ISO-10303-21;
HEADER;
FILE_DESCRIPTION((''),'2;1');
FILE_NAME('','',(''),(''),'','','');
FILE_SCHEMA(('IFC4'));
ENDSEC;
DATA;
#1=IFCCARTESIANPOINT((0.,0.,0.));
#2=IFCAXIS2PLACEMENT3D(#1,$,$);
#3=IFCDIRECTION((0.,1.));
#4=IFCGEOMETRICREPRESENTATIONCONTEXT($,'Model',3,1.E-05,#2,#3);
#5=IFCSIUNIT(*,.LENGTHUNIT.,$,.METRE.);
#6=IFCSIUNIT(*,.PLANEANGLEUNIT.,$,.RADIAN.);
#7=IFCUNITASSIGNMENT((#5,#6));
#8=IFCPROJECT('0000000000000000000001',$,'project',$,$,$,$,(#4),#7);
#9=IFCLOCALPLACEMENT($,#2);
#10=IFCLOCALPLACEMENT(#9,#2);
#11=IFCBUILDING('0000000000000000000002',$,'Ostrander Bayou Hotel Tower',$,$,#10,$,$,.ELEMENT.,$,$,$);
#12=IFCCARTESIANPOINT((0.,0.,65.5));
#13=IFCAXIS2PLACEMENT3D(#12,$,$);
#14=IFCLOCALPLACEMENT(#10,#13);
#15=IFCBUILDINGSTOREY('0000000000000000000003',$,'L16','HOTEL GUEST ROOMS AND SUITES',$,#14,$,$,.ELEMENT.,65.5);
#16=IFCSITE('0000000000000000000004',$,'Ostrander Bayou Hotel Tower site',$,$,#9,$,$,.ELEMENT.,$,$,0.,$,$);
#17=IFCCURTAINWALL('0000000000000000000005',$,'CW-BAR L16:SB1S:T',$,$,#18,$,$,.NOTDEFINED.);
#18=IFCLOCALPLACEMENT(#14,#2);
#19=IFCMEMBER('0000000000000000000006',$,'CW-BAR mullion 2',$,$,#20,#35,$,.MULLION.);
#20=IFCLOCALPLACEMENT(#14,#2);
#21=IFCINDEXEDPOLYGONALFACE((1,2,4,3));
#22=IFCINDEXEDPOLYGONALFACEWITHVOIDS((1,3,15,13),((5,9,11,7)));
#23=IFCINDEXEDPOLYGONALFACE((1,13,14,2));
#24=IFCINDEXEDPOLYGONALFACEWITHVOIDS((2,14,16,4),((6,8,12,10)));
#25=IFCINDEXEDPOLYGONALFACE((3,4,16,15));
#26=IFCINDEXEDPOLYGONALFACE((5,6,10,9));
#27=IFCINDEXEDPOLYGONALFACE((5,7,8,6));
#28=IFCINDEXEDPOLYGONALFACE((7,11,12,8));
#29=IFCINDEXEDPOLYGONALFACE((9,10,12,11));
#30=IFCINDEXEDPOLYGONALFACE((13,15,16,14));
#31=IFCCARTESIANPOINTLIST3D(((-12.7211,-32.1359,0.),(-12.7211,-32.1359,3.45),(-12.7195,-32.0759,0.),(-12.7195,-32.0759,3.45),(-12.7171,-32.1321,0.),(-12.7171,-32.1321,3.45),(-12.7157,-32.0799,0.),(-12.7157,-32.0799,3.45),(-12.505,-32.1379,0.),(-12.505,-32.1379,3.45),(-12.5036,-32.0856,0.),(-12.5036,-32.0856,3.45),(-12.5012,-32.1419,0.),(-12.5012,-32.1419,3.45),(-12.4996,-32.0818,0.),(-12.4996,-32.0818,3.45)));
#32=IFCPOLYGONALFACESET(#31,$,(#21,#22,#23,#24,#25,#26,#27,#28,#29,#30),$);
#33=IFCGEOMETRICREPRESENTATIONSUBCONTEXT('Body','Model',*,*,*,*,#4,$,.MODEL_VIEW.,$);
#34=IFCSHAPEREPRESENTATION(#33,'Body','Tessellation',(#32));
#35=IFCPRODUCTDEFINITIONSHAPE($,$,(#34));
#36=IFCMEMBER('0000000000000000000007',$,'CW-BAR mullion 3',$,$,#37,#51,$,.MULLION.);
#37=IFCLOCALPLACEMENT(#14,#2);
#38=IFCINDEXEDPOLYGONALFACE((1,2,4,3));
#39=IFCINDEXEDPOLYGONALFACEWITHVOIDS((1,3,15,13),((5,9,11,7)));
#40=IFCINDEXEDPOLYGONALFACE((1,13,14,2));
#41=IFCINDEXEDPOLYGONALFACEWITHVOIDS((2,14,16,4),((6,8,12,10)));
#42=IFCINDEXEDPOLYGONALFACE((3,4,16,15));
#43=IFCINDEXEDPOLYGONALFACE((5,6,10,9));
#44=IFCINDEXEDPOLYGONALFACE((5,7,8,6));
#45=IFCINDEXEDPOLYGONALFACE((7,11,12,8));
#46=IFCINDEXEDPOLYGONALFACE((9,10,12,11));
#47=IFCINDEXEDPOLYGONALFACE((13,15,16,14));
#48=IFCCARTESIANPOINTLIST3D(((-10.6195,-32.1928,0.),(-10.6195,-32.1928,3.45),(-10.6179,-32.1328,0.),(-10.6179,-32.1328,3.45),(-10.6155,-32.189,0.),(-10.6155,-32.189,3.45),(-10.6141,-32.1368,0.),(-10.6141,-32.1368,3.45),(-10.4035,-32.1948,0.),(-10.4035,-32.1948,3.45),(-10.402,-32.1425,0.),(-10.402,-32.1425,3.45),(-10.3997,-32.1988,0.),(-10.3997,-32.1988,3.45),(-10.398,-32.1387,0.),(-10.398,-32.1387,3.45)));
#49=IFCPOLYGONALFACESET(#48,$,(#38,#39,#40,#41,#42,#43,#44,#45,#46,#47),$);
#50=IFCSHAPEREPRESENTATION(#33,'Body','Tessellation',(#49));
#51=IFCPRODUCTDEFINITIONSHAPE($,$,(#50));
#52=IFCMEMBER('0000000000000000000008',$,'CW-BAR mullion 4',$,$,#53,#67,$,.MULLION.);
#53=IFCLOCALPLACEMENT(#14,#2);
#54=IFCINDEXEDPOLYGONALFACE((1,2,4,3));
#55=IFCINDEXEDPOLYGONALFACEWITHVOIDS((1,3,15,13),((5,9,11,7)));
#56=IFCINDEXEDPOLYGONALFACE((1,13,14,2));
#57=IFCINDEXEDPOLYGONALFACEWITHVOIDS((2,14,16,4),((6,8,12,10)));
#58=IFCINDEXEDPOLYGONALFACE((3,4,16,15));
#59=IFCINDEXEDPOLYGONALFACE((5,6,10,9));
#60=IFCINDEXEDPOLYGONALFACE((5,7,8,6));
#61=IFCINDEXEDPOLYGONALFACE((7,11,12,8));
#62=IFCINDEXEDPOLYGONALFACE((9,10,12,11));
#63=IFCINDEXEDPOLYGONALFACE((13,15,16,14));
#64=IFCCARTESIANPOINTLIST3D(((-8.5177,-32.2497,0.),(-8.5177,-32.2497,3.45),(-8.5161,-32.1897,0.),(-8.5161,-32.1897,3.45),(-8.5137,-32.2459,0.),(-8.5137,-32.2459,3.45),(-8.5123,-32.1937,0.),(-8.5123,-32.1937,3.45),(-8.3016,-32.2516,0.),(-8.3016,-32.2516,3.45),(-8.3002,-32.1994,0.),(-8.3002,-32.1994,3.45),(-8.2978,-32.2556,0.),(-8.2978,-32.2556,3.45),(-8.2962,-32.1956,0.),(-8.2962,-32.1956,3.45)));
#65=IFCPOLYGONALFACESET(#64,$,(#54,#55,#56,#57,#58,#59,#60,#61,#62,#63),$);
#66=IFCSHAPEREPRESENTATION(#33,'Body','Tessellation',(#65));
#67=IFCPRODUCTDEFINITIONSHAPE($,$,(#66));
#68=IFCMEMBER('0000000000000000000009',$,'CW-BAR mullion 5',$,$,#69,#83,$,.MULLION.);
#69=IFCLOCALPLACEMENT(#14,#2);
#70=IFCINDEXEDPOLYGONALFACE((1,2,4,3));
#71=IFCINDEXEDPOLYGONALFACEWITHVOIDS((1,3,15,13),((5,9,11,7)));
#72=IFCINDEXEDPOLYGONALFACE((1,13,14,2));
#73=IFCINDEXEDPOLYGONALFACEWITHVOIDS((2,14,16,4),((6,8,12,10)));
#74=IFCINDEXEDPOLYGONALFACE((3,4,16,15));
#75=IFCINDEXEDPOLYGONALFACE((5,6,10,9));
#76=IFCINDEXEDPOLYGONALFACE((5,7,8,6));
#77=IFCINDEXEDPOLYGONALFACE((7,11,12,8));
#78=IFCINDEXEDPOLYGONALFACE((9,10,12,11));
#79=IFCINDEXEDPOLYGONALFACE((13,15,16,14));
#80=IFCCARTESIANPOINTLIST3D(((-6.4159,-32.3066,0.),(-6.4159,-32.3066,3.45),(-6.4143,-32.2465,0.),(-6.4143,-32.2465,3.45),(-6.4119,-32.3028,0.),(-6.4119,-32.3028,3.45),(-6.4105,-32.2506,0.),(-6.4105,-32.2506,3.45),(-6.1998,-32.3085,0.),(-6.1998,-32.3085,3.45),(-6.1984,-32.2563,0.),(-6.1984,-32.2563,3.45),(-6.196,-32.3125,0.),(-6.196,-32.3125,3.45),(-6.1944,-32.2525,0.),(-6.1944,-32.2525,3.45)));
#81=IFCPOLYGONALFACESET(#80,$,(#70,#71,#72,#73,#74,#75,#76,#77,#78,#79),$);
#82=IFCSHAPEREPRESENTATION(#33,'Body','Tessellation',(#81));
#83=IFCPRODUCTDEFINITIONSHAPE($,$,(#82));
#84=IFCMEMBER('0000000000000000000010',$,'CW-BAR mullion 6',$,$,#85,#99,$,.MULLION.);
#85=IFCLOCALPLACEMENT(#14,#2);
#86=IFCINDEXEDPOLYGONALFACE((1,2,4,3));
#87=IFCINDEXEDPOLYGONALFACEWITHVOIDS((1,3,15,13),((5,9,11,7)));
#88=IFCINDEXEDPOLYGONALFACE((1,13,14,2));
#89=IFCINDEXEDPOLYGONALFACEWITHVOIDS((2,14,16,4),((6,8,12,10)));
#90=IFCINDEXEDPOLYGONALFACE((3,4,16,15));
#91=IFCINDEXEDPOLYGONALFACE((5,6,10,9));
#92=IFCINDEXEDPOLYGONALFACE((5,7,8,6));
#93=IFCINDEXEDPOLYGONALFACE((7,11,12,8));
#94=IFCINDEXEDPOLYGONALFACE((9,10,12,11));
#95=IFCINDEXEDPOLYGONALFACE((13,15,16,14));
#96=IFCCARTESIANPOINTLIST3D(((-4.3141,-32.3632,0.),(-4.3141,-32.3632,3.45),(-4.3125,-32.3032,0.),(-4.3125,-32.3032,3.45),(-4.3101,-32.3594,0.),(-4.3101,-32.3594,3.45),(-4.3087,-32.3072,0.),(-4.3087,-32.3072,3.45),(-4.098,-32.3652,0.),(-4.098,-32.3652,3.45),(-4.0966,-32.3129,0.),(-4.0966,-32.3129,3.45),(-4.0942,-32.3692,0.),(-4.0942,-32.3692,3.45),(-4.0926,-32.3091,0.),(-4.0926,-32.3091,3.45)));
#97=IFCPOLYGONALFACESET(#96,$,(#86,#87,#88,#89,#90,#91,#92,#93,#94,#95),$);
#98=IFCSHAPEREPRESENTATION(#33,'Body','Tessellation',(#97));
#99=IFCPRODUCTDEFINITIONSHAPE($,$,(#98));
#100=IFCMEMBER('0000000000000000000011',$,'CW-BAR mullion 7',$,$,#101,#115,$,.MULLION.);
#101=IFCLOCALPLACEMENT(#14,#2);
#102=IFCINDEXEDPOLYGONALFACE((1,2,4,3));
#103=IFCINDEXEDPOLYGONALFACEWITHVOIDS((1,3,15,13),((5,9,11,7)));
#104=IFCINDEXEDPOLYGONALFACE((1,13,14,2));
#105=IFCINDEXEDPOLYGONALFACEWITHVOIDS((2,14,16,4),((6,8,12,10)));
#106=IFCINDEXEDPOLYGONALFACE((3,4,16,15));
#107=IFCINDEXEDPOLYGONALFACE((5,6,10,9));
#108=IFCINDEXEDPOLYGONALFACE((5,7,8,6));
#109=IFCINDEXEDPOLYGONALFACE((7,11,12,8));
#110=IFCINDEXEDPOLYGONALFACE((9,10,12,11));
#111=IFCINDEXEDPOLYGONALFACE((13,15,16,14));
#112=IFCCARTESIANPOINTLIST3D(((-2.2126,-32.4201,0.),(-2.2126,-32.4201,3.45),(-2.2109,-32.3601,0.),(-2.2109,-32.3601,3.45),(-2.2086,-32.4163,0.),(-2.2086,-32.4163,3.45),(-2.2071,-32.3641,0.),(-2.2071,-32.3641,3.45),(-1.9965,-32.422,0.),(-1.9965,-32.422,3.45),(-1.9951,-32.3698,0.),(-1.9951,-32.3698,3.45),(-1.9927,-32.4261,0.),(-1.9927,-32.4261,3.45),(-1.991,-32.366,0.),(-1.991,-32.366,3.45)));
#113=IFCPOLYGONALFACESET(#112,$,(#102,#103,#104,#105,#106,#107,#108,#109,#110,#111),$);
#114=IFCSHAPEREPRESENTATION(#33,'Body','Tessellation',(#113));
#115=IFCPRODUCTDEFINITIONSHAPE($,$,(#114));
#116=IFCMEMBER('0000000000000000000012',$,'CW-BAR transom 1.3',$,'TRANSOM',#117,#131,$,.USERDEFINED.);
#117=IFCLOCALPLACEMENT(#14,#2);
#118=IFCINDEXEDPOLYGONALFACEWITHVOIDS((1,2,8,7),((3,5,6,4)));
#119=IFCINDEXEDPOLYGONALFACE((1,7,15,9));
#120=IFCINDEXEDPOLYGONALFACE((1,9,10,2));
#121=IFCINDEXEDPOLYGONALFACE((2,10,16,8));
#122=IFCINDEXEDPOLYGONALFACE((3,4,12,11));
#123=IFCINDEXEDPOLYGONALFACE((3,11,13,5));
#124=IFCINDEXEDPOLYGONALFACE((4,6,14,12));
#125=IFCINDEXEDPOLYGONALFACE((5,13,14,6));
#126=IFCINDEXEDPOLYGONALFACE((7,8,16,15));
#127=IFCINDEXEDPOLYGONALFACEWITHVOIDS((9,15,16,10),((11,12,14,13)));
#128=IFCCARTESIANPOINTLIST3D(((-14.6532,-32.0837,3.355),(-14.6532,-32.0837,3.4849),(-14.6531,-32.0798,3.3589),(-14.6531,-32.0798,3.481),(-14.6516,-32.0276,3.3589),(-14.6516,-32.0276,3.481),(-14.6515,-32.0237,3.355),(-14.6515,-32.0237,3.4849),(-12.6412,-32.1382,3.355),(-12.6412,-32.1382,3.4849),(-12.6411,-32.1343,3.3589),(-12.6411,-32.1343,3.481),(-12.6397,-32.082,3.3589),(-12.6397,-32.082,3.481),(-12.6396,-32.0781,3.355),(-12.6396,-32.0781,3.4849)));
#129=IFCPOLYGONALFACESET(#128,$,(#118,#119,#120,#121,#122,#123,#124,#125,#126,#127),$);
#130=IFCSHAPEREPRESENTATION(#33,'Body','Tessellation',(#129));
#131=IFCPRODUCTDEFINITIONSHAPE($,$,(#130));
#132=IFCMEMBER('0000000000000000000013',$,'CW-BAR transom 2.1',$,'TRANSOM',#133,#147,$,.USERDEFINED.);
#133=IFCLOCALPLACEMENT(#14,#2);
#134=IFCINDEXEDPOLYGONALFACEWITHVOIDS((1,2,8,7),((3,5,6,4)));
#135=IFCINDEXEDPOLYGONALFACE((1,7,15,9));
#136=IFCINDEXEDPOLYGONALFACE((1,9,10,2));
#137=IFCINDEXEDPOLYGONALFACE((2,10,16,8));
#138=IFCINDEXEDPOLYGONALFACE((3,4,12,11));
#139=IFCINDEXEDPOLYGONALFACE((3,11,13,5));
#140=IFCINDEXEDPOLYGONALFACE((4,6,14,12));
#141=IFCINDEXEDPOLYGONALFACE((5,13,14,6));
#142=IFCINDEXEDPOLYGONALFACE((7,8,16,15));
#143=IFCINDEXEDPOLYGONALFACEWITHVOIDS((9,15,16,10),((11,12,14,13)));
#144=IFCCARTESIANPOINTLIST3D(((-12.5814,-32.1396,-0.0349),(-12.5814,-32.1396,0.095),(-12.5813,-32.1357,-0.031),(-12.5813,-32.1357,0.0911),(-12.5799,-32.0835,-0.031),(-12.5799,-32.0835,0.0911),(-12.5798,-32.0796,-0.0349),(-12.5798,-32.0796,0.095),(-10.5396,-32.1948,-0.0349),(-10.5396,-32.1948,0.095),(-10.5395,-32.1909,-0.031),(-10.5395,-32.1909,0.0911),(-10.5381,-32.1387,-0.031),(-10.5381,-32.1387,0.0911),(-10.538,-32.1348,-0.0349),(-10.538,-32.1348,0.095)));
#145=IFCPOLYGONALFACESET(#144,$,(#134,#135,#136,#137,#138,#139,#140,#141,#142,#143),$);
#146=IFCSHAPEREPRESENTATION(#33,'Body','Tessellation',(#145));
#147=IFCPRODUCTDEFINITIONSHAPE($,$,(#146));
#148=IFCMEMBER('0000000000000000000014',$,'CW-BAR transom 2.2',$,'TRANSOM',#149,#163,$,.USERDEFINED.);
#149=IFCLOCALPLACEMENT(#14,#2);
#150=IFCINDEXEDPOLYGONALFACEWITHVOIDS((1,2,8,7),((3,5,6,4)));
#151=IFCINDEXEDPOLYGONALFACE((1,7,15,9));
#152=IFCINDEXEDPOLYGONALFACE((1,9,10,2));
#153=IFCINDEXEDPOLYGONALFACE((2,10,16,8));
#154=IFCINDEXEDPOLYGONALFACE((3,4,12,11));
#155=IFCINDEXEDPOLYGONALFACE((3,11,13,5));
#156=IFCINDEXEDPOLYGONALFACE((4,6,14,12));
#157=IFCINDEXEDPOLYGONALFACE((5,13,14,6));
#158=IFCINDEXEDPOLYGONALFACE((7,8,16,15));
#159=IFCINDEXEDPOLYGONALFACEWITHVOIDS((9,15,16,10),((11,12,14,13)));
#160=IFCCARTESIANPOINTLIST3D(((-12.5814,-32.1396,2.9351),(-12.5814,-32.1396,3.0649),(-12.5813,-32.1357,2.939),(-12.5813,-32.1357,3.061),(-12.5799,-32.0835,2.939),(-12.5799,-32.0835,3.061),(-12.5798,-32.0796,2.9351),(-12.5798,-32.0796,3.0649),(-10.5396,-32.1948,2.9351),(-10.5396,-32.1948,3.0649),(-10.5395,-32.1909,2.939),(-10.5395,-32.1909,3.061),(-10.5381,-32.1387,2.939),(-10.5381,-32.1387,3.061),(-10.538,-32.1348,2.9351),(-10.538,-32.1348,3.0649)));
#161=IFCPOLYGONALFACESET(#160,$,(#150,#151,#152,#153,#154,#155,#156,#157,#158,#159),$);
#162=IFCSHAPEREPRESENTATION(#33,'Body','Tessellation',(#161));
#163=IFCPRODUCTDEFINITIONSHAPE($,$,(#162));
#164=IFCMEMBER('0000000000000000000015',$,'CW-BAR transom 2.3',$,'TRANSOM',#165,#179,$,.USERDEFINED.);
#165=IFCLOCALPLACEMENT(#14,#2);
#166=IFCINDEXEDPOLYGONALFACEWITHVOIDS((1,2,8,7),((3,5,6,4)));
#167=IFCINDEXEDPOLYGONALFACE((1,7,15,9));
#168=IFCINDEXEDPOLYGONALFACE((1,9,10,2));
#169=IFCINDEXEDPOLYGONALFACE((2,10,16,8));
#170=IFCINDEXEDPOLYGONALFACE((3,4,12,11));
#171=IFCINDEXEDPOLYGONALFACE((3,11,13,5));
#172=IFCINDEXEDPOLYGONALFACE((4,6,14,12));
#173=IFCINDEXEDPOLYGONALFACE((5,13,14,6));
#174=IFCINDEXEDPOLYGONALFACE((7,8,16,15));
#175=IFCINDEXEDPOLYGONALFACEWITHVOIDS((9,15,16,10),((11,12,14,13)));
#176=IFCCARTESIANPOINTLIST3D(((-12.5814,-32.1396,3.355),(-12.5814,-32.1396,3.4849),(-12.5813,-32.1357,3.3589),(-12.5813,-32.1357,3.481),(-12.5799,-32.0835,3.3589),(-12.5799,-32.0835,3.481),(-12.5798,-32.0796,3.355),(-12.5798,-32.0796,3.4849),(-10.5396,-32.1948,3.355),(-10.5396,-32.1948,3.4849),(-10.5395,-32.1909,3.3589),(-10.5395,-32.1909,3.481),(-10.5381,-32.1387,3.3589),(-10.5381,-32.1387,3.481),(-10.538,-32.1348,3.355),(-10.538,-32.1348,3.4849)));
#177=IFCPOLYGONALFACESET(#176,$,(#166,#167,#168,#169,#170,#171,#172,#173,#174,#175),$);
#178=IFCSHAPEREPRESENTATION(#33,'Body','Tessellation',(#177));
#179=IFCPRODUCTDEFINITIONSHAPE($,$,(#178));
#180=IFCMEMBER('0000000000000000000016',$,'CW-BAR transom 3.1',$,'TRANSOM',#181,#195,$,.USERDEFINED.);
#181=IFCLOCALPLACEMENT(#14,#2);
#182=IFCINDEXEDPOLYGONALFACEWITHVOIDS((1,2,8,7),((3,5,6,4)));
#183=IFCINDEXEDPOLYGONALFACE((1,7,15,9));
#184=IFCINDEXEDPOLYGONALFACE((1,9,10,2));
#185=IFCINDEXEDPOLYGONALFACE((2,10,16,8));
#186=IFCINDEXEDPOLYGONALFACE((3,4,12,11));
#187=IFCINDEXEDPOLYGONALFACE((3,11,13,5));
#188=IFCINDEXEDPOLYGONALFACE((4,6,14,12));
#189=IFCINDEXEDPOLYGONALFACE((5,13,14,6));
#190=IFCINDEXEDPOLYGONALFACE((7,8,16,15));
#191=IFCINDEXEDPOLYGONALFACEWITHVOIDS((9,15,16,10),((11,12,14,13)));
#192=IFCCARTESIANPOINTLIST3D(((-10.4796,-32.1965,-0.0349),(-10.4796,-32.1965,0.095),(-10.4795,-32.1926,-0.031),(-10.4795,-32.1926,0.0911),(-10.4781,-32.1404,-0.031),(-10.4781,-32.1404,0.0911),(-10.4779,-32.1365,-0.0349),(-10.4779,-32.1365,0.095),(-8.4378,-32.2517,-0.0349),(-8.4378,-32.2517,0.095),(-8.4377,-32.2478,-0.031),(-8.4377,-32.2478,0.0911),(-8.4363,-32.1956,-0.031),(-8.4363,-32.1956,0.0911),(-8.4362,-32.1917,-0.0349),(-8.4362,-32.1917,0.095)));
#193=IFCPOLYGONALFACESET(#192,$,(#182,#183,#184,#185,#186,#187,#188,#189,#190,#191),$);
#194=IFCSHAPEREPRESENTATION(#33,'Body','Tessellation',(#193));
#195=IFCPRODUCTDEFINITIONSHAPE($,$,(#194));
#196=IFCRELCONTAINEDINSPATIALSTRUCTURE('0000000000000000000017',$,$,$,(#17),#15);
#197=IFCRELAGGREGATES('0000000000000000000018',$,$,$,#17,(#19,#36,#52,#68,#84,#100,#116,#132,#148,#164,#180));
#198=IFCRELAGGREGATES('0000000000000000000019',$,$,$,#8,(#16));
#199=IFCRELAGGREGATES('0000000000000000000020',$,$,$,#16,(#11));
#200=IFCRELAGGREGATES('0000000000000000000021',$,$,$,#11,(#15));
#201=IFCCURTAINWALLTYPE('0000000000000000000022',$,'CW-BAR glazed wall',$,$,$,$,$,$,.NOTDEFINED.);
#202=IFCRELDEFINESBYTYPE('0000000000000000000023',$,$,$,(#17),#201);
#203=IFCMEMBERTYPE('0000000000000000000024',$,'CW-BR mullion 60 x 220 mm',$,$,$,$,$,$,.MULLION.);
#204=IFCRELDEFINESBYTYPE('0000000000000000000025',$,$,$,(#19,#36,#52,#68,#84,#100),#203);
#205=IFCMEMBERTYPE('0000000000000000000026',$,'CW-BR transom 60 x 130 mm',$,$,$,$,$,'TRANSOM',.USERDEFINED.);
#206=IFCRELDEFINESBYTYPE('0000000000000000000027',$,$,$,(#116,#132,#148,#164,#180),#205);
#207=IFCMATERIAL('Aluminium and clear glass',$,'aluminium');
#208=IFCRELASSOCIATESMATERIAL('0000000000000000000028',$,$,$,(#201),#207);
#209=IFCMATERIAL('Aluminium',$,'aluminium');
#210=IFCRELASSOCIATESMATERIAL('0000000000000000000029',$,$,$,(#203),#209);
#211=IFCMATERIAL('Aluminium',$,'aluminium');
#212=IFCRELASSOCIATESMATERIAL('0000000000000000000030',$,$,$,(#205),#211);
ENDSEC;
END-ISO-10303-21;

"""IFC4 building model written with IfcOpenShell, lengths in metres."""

from ifc_helpers import new_model, si_unit, direction, frame, origin, origin_2d, place, context, subcontext, project, spatial, hollow_rectangle, extrude, material, material_profile, profile_set, type_object, element, aggregate, save


model = new_model("IFC4")

# Units and contexts
model_context = context("Model", 3, precision=1e-05, world=origin(), true_north=direction((0.0, 1.0)))
body_context = subcontext(model_context, "Body", "Model", "MODEL_VIEW")
ifc_project = project(units=[si_unit("LENGTHUNIT", "METRE"), si_unit("PLANEANGLEUNIT", "RADIAN")], contexts=[model_context])

# Site, building, storey
site_placement = place(None, origin())
site = spatial("IfcSite", under=ifc_project, at=site_placement, Name="Ostrander Bayou Hotel Tower site", CompositionType="ELEMENT", RefElevation=0.0)
building_placement = place(site_placement, origin())
building = spatial("IfcBuilding", under=site, at=building_placement, Name="Ostrander Bayou Hotel Tower", CompositionType="ELEMENT")
storey_placement = place(building_placement, frame((0.0, 0.0, 65.5)))
storey = spatial("IfcBuildingStorey", under=building, at=storey_placement, Name="L16", Description="HOTEL GUEST ROOMS AND SUITES", CompositionType="ELEMENT", Elevation=65.5)

# Curtain wall, members
ifc_material_1 = material(Name="Aluminium and clear glass", Category="aluminium")
curtain_wall_type = type_object("IfcCurtainWallType", Name="CW-BAR glazed wall", PredefinedType="NOTDEFINED", material=ifc_material_1)
curtain_wall_placement = place(storey_placement, origin())
curtain_wall = element("IfcCurtainWall", 1, at=curtain_wall_placement, inside=storey, type_object=curtain_wall_type, Name="CW-BAR L16:SB1S:T", PredefinedType="NOTDEFINED")
ifc_material_2 = material(Name="Aluminium", Category="aluminium")
ifc_material_profile_1 = material_profile(ifc_material_2, hollow_rectangle(XDim=0.0601, YDim=0.22, WallThickness=0.0039, at=origin_2d()))
ifc_profile_set_1 = profile_set([ifc_material_profile_1], Name="Aluminium")
member_type_1 = type_object("IfcMemberType", Name="CW-BR mullion 60 x 220 mm", PredefinedType="MULLION", material=ifc_profile_set_1)
member_1_placement = place(storey_placement, frame((-12.6104, -32.1089, 0.0), z_axis=(0.0, 0.0, 1.0), x_axis=(0.027042, 0.999634, 0.0)))
member_1 = element("IfcMember", 2, at=member_1_placement, type_object=member_type_1, Name="CW-BAR mullion 2", PredefinedType="MULLION", context=body_context, shape_type="SweptSolid", body=[
    extrude(hollow_rectangle(XDim=0.0601, YDim=0.22, WallThickness=0.0039, at=origin_2d()), origin(), (0.0, 0.0, 1.0), 3.45),
])
member_2_placement = place(storey_placement, frame((-10.5088, -32.1658, 0.0), z_axis=(0.0, 0.0, 1.0), x_axis=(0.027042, 0.999634, 0.0)))
member_2 = element("IfcMember", 3, at=member_2_placement, type_object=member_type_1, Name="CW-BAR mullion 3", PredefinedType="MULLION", context=body_context, shape_type="SweptSolid", body=[
    extrude(hollow_rectangle(XDim=0.0601, YDim=0.22, WallThickness=0.0039, at=origin_2d()), origin(), (0.0, 0.0, 1.0), 3.45),
])
member_3_placement = place(storey_placement, frame((-8.407, -32.2227, 0.0), z_axis=(0.0, 0.0, 1.0), x_axis=(0.027042, 0.999634, 0.0)))
member_3 = element("IfcMember", 4, at=member_3_placement, type_object=member_type_1, Name="CW-BAR mullion 4", PredefinedType="MULLION", context=body_context, shape_type="SweptSolid", body=[
    extrude(hollow_rectangle(XDim=0.0601, YDim=0.22, WallThickness=0.0039, at=origin_2d()), origin(), (0.0, 0.0, 1.0), 3.45),
])
member_4_placement = place(storey_placement, frame((-6.3052, -32.2795, 0.0), z_axis=(0.0, 0.0, 1.0), x_axis=(0.027042, 0.999634, 0.0)))
member_4 = element("IfcMember", 5, at=member_4_placement, type_object=member_type_1, Name="CW-BAR mullion 5", PredefinedType="MULLION", context=body_context, shape_type="SweptSolid", body=[
    extrude(hollow_rectangle(XDim=0.0601, YDim=0.22, WallThickness=0.0039, at=origin_2d()), origin(), (0.0, 0.0, 1.0), 3.45),
])
member_5_placement = place(storey_placement, frame((-4.2034, -32.3362, 0.0), z_axis=(0.0, 0.0, 1.0), x_axis=(0.027042, 0.999634, 0.0)))
member_5 = element("IfcMember", 6, at=member_5_placement, type_object=member_type_1, Name="CW-BAR mullion 6", PredefinedType="MULLION", context=body_context, shape_type="SweptSolid", body=[
    extrude(hollow_rectangle(XDim=0.0601, YDim=0.22, WallThickness=0.0039, at=origin_2d()), origin(), (0.0, 0.0, 1.0), 3.45),
])
member_6_placement = place(storey_placement, frame((-2.1018, -32.3931, 0.0), z_axis=(0.0, 0.0, 1.0), x_axis=(0.027042, 0.999634, 0.0)))
member_6 = element("IfcMember", 7, at=member_6_placement, type_object=member_type_1, Name="CW-BAR mullion 7", PredefinedType="MULLION", context=body_context, shape_type="SweptSolid", body=[
    extrude(hollow_rectangle(XDim=0.0601, YDim=0.22, WallThickness=0.0039, at=origin_2d()), origin(), (0.0, 0.0, 1.0), 3.45),
])
ifc_material_3 = material(Name="Aluminium", Category="aluminium")
ifc_material_profile_2 = material_profile(ifc_material_3, hollow_rectangle(XDim=0.0601, YDim=0.1299, WallThickness=0.0039, at=origin_2d()))
ifc_profile_set_2 = profile_set([ifc_material_profile_2], Name="Aluminium")
member_type_2 = type_object("IfcMemberType", Name="CW-BR transom 60 x 130 mm", ElementType="TRANSOM", PredefinedType="USERDEFINED", material=ifc_profile_set_2)
member_7_placement = place(storey_placement, frame((-14.6523, -32.0537, 3.4199), z_axis=(0.999634, -0.02705, 0.0), x_axis=(0.02705, 0.999634, 0.0)))
member_7 = element("IfcMember", 8, at=member_7_placement, type_object=member_type_2, Name="CW-BAR transom 1.3", ObjectType="TRANSOM", PredefinedType="USERDEFINED", context=body_context, shape_type="SweptSolid", body=[
    extrude(hollow_rectangle(XDim=0.0601, YDim=0.1299, WallThickness=0.0039, at=origin_2d()), origin(), (0.0, 0.0, 1.0), 2.0127),
])
member_8_placement = place(storey_placement, frame((-12.5806, -32.1096, 0.03), z_axis=(0.999635, -0.027014, 0.0), x_axis=(0.027014, 0.999635, 0.0)))
member_8 = element("IfcMember", 9, at=member_8_placement, type_object=member_type_2, Name="CW-BAR transom 2.1", ObjectType="TRANSOM", PredefinedType="USERDEFINED", context=body_context, shape_type="SweptSolid", body=[
    extrude(hollow_rectangle(XDim=0.0601, YDim=0.1299, WallThickness=0.0039, at=origin_2d()), origin(), (0.0, 0.0, 1.0), 2.0425),
])
member_9_placement = place(storey_placement, frame((-12.5806, -32.1096, 3.0), z_axis=(0.999635, -0.027014, 0.0), x_axis=(0.027014, 0.999635, 0.0)))
member_9 = element("IfcMember", 10, at=member_9_placement, type_object=member_type_2, Name="CW-BAR transom 2.2", ObjectType="TRANSOM", PredefinedType="USERDEFINED", context=body_context, shape_type="SweptSolid", body=[
    extrude(hollow_rectangle(XDim=0.0601, YDim=0.1299, WallThickness=0.0039, at=origin_2d()), origin(), (0.0, 0.0, 1.0), 2.0425),
])
member_10_placement = place(storey_placement, frame((-12.5806, -32.1096, 3.4199), z_axis=(0.999635, -0.027014, 0.0), x_axis=(0.027014, 0.999635, 0.0)))
member_10 = element("IfcMember", 11, at=member_10_placement, type_object=member_type_2, Name="CW-BAR transom 2.3", ObjectType="TRANSOM", PredefinedType="USERDEFINED", context=body_context, shape_type="SweptSolid", body=[
    extrude(hollow_rectangle(XDim=0.0601, YDim=0.1299, WallThickness=0.0039, at=origin_2d()), origin(), (0.0, 0.0, 1.0), 2.0425),
])
member_11_placement = place(storey_placement, frame((-10.4788, -32.1665, 0.03), z_axis=(0.999635, -0.027014, 0.0), x_axis=(0.027014, 0.999635, 0.0)))
member_11 = element("IfcMember", 12, at=member_11_placement, type_object=member_type_2, Name="CW-BAR transom 3.1", ObjectType="TRANSOM", PredefinedType="USERDEFINED", context=body_context, shape_type="SweptSolid", body=[
    extrude(hollow_rectangle(XDim=0.0601, YDim=0.1299, WallThickness=0.0039, at=origin_2d()), origin(), (0.0, 0.0, 1.0), 2.0425),
])
aggregate(curtain_wall, [member_1, member_2, member_3, member_4, member_5, member_6, member_7, member_8, member_9, member_10, member_11])

save(model, "model.ifc")
